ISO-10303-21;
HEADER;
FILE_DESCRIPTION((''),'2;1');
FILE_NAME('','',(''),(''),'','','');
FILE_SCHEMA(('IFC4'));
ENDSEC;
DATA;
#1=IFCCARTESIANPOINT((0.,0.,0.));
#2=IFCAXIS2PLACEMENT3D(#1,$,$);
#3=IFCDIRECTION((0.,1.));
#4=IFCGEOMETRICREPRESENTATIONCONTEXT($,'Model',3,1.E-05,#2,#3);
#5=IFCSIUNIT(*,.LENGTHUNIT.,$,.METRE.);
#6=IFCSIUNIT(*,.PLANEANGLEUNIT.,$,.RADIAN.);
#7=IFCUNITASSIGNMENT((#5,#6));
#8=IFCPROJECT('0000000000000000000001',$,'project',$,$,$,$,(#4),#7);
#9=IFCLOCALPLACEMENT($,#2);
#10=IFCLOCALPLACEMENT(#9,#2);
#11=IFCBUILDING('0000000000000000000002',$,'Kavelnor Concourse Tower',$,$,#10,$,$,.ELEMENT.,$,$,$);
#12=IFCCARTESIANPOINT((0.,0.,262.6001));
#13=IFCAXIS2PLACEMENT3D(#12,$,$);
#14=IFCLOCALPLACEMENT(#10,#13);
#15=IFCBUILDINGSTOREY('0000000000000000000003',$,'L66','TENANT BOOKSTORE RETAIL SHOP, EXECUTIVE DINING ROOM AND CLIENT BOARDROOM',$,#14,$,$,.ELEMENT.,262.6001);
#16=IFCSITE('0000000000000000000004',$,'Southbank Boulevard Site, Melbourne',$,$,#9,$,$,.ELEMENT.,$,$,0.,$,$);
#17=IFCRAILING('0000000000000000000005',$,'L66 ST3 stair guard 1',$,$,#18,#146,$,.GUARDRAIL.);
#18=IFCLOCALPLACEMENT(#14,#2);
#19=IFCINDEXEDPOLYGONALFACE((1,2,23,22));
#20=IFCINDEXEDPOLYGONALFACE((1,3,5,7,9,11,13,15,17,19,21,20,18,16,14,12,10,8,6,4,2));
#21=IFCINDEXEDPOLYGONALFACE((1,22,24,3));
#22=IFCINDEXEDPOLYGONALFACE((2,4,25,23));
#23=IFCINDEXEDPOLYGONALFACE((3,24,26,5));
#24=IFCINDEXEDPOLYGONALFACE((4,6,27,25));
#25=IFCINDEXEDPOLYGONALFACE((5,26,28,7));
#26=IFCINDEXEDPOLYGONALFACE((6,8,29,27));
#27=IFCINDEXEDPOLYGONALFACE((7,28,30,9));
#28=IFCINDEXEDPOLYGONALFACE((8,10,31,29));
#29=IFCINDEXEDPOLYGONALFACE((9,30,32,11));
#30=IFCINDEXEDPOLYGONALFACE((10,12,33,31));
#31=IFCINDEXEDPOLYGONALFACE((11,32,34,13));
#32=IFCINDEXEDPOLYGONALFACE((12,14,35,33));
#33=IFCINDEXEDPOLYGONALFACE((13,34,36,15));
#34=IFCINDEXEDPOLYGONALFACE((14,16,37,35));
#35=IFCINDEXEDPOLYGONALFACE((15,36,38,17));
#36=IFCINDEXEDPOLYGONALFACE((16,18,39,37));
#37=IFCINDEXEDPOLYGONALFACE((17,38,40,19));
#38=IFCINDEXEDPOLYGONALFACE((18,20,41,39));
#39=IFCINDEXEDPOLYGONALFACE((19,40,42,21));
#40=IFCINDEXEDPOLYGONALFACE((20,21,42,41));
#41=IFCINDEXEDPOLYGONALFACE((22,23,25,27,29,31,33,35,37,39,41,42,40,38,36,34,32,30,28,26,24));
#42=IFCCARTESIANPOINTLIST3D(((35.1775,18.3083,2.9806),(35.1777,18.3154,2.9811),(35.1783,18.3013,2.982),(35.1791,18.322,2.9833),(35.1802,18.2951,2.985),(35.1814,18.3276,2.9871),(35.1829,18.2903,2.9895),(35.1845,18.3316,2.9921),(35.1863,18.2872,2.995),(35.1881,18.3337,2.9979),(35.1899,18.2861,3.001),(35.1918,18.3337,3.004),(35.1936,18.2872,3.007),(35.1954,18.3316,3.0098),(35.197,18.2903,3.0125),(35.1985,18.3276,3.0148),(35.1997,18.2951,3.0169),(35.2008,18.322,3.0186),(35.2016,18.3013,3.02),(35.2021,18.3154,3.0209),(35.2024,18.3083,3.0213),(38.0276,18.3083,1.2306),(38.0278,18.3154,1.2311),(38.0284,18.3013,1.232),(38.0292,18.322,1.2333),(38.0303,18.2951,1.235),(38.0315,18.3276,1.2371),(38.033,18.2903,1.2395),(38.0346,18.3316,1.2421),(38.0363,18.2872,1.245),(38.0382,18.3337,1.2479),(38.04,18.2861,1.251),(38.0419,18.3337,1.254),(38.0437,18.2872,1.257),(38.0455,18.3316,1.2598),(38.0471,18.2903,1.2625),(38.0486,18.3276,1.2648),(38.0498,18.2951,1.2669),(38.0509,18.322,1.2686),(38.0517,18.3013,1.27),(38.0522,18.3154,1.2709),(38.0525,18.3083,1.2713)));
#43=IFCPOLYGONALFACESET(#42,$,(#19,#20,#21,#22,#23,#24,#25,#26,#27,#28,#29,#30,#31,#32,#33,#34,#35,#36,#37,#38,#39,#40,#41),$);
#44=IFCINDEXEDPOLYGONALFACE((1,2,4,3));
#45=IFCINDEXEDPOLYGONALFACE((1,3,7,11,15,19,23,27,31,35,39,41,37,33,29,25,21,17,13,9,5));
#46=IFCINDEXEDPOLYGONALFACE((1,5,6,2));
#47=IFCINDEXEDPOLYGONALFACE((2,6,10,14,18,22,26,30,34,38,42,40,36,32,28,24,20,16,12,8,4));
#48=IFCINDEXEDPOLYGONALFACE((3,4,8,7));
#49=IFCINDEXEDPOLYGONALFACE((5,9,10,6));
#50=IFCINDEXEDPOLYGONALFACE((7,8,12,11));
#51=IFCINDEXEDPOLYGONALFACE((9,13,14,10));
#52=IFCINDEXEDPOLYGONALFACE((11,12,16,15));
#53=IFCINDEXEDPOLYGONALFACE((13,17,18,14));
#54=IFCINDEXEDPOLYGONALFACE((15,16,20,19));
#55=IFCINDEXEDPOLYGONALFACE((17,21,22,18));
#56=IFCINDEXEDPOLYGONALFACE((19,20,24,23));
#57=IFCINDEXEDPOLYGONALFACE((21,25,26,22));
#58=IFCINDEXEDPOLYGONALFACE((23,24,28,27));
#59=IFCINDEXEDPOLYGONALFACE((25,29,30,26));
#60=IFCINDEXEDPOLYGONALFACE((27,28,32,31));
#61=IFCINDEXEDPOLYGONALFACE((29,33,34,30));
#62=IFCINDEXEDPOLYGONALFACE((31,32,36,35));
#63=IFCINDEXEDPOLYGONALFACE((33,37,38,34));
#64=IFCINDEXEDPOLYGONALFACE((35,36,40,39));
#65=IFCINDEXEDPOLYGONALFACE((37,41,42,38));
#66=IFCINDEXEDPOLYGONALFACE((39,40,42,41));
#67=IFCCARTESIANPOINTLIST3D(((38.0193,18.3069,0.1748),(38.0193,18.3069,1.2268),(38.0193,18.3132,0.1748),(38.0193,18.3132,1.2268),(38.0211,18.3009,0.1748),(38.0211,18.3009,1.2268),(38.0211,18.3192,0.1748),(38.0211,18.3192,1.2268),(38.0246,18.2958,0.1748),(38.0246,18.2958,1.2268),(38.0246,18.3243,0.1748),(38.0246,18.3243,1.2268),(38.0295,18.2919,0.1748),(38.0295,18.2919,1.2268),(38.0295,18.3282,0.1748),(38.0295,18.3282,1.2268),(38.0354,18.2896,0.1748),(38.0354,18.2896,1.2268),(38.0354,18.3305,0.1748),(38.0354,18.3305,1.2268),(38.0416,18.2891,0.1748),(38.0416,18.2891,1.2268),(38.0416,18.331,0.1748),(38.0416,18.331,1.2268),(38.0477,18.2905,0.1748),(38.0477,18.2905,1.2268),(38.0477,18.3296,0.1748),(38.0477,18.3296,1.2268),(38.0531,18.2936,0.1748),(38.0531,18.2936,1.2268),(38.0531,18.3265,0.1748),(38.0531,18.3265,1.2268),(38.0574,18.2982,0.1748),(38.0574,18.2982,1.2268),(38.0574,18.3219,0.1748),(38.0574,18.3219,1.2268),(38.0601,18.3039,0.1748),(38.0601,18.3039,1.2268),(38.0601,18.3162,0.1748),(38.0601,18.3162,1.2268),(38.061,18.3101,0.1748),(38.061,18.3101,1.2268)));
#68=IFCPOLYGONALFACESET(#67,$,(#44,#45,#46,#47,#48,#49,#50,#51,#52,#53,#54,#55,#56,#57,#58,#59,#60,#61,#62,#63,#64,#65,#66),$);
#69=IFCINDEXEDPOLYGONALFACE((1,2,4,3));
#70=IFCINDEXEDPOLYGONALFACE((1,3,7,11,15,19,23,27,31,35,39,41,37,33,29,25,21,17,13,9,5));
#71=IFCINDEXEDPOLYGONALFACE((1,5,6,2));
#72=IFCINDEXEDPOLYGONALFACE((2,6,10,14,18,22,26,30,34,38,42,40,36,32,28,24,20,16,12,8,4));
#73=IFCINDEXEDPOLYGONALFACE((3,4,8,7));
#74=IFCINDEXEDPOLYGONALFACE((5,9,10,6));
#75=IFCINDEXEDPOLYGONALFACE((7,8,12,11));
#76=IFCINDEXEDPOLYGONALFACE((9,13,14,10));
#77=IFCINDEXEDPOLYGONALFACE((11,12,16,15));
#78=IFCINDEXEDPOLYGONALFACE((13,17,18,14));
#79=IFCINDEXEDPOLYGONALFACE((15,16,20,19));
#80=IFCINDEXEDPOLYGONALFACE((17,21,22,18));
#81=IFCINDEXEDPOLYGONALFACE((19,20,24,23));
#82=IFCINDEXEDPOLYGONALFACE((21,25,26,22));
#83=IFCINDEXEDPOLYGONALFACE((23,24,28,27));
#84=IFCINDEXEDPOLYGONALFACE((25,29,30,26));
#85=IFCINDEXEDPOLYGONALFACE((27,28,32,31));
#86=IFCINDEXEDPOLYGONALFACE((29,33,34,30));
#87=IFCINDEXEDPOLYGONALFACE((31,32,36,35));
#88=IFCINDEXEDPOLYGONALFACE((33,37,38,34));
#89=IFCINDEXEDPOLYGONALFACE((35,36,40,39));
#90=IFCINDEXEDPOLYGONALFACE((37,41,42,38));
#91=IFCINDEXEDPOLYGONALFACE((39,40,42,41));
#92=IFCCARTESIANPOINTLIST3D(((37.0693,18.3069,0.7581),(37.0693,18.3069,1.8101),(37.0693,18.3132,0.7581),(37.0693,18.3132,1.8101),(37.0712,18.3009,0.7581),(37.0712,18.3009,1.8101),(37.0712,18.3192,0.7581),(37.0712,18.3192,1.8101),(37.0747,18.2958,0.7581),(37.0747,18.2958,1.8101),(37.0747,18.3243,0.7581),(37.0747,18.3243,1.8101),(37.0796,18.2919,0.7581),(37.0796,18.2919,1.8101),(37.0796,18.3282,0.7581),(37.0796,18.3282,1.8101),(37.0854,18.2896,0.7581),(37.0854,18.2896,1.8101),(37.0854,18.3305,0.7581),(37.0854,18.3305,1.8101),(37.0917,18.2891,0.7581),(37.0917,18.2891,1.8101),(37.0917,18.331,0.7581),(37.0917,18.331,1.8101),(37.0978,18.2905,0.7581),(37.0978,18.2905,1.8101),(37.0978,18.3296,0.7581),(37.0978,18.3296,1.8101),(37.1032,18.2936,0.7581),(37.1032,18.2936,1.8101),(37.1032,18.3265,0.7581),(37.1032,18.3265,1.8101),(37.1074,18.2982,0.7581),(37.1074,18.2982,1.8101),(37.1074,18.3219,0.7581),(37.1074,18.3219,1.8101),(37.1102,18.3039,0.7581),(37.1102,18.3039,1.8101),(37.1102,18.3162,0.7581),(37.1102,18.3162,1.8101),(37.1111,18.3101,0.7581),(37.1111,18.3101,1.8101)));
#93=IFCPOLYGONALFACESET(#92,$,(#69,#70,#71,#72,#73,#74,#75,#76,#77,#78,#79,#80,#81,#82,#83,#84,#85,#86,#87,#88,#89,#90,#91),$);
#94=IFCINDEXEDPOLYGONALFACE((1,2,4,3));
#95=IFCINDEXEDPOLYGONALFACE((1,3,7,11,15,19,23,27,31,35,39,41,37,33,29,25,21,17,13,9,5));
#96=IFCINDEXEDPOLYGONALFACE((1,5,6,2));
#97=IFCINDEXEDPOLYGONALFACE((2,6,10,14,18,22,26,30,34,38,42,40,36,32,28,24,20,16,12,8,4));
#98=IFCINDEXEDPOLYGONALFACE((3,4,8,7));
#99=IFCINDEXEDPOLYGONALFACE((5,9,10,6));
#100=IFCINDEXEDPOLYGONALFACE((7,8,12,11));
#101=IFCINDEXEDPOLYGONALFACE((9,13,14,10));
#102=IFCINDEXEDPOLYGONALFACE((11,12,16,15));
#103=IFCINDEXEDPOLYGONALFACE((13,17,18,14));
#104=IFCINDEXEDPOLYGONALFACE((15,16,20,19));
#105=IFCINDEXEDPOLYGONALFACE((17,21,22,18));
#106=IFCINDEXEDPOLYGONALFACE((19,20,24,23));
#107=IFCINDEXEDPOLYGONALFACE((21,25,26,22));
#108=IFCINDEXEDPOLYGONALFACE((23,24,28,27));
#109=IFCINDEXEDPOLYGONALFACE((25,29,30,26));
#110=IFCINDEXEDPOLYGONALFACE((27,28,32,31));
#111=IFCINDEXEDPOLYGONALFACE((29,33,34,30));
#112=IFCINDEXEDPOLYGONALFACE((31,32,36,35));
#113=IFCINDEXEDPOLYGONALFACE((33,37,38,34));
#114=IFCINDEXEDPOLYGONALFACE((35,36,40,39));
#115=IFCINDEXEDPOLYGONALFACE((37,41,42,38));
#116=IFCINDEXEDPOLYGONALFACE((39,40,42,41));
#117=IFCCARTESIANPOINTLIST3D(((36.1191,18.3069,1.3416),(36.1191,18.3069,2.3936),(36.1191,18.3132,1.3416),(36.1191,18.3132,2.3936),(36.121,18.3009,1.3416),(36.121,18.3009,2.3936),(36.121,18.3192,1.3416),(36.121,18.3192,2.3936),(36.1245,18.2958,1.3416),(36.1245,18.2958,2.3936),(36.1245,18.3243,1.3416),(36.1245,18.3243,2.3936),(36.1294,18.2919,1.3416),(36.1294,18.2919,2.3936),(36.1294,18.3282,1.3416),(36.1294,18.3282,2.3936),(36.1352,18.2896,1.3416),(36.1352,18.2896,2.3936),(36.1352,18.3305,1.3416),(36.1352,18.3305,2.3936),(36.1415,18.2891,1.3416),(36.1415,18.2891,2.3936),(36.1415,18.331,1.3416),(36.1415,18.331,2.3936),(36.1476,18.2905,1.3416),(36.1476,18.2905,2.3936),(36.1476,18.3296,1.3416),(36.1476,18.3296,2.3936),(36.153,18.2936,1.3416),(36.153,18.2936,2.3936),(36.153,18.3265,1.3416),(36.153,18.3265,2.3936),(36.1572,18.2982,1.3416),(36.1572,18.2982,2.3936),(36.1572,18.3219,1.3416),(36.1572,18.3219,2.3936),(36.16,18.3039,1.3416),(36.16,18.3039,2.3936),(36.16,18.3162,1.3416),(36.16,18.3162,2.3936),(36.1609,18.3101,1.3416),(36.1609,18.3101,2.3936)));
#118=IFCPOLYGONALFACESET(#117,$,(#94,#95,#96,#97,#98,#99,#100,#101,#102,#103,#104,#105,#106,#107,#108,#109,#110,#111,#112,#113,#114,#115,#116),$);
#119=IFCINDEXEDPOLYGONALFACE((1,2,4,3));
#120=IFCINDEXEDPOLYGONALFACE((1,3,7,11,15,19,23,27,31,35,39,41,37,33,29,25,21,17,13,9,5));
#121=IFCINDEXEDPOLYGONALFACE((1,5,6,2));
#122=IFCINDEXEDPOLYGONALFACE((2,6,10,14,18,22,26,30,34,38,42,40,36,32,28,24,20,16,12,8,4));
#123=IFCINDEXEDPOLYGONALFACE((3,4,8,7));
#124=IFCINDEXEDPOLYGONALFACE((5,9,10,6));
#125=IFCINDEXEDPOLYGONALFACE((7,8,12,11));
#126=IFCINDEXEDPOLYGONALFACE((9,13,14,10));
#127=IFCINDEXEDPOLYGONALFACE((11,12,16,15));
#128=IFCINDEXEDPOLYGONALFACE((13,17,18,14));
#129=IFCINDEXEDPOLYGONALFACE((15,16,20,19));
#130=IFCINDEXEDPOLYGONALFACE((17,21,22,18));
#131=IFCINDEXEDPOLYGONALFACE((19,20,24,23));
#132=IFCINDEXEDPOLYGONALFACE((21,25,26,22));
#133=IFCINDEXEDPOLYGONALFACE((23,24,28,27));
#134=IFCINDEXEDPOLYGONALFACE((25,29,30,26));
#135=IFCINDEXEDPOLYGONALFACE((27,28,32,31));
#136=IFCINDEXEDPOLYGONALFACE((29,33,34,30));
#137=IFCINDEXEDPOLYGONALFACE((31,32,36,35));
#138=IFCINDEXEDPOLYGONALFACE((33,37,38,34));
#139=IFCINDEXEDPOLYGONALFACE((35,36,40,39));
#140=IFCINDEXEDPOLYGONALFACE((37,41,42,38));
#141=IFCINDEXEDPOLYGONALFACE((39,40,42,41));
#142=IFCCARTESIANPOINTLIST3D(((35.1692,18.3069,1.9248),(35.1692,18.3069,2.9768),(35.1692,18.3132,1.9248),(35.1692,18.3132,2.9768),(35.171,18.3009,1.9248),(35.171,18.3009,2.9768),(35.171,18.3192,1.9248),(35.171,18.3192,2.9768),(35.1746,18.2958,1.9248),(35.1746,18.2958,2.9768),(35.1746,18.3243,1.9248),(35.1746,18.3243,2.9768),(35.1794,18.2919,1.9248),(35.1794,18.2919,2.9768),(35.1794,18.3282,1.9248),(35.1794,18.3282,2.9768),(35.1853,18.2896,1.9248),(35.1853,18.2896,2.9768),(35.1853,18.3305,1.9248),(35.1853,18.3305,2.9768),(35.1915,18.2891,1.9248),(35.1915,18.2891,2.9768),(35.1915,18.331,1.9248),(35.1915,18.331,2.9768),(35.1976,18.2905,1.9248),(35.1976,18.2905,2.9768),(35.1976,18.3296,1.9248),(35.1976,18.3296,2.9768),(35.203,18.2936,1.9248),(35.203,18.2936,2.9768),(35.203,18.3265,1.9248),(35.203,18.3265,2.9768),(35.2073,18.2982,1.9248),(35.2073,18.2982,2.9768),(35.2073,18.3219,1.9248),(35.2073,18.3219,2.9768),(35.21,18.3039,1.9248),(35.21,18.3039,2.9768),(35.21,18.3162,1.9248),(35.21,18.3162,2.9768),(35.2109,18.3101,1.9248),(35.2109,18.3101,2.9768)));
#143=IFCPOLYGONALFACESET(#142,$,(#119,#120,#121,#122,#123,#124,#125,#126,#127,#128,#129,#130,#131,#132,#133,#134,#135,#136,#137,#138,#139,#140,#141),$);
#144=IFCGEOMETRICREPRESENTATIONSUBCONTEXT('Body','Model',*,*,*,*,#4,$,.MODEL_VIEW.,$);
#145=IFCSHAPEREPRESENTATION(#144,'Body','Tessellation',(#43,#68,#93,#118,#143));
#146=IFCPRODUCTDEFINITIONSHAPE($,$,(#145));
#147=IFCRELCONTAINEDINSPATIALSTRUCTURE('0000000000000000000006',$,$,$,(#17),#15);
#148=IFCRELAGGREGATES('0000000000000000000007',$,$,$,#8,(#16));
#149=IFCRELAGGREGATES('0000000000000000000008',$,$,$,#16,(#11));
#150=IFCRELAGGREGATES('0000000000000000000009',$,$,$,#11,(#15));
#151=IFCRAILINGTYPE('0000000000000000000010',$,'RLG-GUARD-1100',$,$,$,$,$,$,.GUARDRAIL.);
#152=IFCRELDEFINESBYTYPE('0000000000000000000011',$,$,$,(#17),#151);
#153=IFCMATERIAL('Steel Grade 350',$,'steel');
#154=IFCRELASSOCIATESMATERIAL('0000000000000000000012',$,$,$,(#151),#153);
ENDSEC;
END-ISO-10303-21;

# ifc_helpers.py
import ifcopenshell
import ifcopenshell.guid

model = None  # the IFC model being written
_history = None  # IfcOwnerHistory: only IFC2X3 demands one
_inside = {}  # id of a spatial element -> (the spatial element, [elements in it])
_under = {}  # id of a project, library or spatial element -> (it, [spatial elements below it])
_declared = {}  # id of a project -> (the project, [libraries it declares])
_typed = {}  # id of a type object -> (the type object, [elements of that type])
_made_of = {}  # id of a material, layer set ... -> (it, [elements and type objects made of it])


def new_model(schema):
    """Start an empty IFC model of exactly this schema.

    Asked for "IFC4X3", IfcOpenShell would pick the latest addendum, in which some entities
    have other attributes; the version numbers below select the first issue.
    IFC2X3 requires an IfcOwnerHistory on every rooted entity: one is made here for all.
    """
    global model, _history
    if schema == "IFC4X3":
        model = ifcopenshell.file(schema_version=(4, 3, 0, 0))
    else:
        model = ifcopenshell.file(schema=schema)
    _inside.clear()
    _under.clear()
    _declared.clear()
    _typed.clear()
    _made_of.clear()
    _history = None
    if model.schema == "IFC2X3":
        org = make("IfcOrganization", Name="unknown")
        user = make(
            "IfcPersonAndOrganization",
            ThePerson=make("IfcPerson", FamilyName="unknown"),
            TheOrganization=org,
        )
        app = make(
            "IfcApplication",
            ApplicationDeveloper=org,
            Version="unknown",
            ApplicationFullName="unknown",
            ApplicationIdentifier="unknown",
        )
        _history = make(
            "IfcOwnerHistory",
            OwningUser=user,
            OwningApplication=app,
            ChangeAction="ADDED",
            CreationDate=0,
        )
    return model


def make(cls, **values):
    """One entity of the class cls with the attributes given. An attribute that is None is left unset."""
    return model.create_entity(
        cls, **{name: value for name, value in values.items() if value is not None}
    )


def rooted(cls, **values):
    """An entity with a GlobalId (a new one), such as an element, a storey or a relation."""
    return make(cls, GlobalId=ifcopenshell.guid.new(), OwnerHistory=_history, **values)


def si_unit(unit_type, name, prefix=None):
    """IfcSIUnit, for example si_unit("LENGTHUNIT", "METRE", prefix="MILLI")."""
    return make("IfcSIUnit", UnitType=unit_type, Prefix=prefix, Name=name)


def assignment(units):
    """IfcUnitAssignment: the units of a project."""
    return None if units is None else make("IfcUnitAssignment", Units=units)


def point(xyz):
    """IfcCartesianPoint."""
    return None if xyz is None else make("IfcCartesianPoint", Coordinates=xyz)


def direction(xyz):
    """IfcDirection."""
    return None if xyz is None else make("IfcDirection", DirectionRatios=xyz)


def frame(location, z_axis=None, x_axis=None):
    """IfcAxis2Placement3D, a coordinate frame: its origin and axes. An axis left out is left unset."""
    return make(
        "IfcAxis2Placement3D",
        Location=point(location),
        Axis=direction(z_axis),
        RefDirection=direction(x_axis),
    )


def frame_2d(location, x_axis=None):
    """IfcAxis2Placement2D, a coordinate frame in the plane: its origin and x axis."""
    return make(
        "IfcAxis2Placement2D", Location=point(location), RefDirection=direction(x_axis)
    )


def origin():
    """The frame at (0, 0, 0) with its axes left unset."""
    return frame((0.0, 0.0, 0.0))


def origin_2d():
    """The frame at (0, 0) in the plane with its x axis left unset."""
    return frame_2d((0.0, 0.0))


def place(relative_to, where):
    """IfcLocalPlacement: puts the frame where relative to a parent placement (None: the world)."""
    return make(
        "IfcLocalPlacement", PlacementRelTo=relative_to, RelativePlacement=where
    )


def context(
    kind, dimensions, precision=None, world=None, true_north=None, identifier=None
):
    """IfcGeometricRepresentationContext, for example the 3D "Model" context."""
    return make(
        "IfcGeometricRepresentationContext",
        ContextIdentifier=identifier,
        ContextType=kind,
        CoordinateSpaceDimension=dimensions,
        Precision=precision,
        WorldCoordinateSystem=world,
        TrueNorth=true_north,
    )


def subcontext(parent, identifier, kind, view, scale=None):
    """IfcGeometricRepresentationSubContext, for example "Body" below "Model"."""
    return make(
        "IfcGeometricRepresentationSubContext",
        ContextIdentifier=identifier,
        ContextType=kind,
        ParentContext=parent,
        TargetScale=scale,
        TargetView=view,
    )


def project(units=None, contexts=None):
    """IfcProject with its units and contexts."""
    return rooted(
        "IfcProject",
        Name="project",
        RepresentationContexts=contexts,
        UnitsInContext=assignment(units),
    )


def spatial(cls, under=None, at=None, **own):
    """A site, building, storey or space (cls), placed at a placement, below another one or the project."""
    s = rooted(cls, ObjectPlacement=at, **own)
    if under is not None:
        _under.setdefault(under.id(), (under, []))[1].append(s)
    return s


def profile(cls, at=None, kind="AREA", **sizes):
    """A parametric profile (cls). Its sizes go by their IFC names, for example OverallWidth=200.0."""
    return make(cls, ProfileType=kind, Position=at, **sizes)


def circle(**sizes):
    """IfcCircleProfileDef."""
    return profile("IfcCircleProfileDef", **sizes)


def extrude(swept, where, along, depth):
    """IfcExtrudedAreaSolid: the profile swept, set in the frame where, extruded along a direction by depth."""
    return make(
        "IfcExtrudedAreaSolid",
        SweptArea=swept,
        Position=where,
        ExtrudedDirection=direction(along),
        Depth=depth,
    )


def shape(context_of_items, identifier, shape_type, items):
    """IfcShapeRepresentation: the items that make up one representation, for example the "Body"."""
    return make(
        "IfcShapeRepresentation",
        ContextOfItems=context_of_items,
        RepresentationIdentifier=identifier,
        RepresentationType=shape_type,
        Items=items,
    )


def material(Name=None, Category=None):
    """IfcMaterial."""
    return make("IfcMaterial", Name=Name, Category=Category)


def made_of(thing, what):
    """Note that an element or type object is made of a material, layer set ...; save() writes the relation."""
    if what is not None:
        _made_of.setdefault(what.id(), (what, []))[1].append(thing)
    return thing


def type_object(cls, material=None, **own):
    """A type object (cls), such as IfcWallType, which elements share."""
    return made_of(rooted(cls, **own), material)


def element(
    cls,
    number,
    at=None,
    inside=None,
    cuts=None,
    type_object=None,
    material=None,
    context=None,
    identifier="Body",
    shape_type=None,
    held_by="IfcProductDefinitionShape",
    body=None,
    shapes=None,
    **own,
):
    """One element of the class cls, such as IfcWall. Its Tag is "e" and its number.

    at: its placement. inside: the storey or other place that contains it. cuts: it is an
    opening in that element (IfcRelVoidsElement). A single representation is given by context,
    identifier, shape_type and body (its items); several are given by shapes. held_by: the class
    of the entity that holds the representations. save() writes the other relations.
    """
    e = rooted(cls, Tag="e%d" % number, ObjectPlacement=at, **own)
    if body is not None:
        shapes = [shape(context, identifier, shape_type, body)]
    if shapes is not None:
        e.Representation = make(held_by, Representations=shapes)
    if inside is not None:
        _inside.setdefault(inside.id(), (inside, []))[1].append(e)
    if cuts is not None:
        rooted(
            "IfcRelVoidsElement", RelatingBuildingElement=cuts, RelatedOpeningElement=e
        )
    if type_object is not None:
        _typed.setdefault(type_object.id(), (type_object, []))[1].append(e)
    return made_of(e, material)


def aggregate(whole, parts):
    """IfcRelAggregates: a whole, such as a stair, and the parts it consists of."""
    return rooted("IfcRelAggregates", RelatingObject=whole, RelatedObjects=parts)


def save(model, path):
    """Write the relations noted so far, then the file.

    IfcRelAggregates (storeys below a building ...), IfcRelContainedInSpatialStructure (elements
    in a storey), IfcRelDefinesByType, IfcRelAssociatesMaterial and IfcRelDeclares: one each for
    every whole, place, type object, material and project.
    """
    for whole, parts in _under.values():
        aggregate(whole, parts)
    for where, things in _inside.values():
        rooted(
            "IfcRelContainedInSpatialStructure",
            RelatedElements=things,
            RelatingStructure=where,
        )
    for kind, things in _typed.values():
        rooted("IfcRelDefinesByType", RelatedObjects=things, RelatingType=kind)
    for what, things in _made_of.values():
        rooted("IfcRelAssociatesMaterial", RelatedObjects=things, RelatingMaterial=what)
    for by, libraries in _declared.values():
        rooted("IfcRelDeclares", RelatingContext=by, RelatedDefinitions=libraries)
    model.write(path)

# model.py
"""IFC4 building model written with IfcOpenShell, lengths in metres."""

from ifc_helpers import new_model, si_unit, direction, frame, origin, origin_2d, place, context, subcontext, project, spatial, circle, extrude, material, type_object, element, save


model = new_model("IFC4")

# Units and contexts
model_context = context("Model", 3, precision=1e-05, world=origin(), true_north=direction((0.0, 1.0)))
body_context = subcontext(model_context, "Body", "Model", "MODEL_VIEW")
ifc_project = project(units=[si_unit("LENGTHUNIT", "METRE"), si_unit("PLANEANGLEUNIT", "RADIAN")], contexts=[model_context])

# Site, building, storey
site_placement = place(None, origin())
site = spatial("IfcSite", under=ifc_project, at=site_placement, Name="Southbank Boulevard Site, Melbourne", CompositionType="ELEMENT", RefElevation=0.0)
building_placement = place(site_placement, origin())
building = spatial("IfcBuilding", under=site, at=building_placement, Name="Kavelnor Concourse Tower", CompositionType="ELEMENT")
storey_placement = place(building_placement, frame((0.0, 0.0, 262.6001)))
storey = spatial("IfcBuildingStorey", under=building, at=storey_placement, Name="L66", Description="TENANT BOOKSTORE RETAIL SHOP, EXECUTIVE DINING ROOM AND CLIENT BOARDROOM", CompositionType="ELEMENT", Elevation=262.6001)

# Shared definitions
ifc_material_1 = material(Name="Steel Grade 350", Category="steel")

# Railing
railing_type_1 = type_object("IfcRailingType", Name="RLG-GUARD-1100", PredefinedType="GUARDRAIL", material=ifc_material_1)
railing_1_placement = place(storey_placement, frame((38.04, 18.3101, 0.1748)))
element("IfcRailing", 1, at=railing_1_placement, inside=storey, type_object=railing_type_1, Name="L66 ST3 stair guard 1", PredefinedType="GUARDRAIL", context=body_context, shape_type="SweptSolid", body=[
    extrude(circle(Radius=0.0239, at=origin_2d()), frame((0.0, 0.0, 1.0762), z_axis=(-0.852179, 0.0, 0.52325), x_axis=(0.0, -1.0, 0.0)), (0.0, 0.0, 1.0), 3.3445),
    extrude(circle(Radius=0.021, at=origin_2d()), origin(), (0.0, 0.0, 1.0), 1.052),
    extrude(circle(Radius=0.021, at=origin_2d()), frame((-0.95, 0.0, 0.5833)), (0.0, 0.0, 1.0), 1.052),
    extrude(circle(Radius=0.021, at=origin_2d()), frame((-1.9001, 0.0, 1.1667)), (0.0, 0.0, 1.0), 1.052),
    extrude(circle(Radius=0.021, at=origin_2d()), frame((-2.8501, 0.0, 1.75)), (0.0, 0.0, 1.0), 1.052),
])

save(model, "model.ifc")
